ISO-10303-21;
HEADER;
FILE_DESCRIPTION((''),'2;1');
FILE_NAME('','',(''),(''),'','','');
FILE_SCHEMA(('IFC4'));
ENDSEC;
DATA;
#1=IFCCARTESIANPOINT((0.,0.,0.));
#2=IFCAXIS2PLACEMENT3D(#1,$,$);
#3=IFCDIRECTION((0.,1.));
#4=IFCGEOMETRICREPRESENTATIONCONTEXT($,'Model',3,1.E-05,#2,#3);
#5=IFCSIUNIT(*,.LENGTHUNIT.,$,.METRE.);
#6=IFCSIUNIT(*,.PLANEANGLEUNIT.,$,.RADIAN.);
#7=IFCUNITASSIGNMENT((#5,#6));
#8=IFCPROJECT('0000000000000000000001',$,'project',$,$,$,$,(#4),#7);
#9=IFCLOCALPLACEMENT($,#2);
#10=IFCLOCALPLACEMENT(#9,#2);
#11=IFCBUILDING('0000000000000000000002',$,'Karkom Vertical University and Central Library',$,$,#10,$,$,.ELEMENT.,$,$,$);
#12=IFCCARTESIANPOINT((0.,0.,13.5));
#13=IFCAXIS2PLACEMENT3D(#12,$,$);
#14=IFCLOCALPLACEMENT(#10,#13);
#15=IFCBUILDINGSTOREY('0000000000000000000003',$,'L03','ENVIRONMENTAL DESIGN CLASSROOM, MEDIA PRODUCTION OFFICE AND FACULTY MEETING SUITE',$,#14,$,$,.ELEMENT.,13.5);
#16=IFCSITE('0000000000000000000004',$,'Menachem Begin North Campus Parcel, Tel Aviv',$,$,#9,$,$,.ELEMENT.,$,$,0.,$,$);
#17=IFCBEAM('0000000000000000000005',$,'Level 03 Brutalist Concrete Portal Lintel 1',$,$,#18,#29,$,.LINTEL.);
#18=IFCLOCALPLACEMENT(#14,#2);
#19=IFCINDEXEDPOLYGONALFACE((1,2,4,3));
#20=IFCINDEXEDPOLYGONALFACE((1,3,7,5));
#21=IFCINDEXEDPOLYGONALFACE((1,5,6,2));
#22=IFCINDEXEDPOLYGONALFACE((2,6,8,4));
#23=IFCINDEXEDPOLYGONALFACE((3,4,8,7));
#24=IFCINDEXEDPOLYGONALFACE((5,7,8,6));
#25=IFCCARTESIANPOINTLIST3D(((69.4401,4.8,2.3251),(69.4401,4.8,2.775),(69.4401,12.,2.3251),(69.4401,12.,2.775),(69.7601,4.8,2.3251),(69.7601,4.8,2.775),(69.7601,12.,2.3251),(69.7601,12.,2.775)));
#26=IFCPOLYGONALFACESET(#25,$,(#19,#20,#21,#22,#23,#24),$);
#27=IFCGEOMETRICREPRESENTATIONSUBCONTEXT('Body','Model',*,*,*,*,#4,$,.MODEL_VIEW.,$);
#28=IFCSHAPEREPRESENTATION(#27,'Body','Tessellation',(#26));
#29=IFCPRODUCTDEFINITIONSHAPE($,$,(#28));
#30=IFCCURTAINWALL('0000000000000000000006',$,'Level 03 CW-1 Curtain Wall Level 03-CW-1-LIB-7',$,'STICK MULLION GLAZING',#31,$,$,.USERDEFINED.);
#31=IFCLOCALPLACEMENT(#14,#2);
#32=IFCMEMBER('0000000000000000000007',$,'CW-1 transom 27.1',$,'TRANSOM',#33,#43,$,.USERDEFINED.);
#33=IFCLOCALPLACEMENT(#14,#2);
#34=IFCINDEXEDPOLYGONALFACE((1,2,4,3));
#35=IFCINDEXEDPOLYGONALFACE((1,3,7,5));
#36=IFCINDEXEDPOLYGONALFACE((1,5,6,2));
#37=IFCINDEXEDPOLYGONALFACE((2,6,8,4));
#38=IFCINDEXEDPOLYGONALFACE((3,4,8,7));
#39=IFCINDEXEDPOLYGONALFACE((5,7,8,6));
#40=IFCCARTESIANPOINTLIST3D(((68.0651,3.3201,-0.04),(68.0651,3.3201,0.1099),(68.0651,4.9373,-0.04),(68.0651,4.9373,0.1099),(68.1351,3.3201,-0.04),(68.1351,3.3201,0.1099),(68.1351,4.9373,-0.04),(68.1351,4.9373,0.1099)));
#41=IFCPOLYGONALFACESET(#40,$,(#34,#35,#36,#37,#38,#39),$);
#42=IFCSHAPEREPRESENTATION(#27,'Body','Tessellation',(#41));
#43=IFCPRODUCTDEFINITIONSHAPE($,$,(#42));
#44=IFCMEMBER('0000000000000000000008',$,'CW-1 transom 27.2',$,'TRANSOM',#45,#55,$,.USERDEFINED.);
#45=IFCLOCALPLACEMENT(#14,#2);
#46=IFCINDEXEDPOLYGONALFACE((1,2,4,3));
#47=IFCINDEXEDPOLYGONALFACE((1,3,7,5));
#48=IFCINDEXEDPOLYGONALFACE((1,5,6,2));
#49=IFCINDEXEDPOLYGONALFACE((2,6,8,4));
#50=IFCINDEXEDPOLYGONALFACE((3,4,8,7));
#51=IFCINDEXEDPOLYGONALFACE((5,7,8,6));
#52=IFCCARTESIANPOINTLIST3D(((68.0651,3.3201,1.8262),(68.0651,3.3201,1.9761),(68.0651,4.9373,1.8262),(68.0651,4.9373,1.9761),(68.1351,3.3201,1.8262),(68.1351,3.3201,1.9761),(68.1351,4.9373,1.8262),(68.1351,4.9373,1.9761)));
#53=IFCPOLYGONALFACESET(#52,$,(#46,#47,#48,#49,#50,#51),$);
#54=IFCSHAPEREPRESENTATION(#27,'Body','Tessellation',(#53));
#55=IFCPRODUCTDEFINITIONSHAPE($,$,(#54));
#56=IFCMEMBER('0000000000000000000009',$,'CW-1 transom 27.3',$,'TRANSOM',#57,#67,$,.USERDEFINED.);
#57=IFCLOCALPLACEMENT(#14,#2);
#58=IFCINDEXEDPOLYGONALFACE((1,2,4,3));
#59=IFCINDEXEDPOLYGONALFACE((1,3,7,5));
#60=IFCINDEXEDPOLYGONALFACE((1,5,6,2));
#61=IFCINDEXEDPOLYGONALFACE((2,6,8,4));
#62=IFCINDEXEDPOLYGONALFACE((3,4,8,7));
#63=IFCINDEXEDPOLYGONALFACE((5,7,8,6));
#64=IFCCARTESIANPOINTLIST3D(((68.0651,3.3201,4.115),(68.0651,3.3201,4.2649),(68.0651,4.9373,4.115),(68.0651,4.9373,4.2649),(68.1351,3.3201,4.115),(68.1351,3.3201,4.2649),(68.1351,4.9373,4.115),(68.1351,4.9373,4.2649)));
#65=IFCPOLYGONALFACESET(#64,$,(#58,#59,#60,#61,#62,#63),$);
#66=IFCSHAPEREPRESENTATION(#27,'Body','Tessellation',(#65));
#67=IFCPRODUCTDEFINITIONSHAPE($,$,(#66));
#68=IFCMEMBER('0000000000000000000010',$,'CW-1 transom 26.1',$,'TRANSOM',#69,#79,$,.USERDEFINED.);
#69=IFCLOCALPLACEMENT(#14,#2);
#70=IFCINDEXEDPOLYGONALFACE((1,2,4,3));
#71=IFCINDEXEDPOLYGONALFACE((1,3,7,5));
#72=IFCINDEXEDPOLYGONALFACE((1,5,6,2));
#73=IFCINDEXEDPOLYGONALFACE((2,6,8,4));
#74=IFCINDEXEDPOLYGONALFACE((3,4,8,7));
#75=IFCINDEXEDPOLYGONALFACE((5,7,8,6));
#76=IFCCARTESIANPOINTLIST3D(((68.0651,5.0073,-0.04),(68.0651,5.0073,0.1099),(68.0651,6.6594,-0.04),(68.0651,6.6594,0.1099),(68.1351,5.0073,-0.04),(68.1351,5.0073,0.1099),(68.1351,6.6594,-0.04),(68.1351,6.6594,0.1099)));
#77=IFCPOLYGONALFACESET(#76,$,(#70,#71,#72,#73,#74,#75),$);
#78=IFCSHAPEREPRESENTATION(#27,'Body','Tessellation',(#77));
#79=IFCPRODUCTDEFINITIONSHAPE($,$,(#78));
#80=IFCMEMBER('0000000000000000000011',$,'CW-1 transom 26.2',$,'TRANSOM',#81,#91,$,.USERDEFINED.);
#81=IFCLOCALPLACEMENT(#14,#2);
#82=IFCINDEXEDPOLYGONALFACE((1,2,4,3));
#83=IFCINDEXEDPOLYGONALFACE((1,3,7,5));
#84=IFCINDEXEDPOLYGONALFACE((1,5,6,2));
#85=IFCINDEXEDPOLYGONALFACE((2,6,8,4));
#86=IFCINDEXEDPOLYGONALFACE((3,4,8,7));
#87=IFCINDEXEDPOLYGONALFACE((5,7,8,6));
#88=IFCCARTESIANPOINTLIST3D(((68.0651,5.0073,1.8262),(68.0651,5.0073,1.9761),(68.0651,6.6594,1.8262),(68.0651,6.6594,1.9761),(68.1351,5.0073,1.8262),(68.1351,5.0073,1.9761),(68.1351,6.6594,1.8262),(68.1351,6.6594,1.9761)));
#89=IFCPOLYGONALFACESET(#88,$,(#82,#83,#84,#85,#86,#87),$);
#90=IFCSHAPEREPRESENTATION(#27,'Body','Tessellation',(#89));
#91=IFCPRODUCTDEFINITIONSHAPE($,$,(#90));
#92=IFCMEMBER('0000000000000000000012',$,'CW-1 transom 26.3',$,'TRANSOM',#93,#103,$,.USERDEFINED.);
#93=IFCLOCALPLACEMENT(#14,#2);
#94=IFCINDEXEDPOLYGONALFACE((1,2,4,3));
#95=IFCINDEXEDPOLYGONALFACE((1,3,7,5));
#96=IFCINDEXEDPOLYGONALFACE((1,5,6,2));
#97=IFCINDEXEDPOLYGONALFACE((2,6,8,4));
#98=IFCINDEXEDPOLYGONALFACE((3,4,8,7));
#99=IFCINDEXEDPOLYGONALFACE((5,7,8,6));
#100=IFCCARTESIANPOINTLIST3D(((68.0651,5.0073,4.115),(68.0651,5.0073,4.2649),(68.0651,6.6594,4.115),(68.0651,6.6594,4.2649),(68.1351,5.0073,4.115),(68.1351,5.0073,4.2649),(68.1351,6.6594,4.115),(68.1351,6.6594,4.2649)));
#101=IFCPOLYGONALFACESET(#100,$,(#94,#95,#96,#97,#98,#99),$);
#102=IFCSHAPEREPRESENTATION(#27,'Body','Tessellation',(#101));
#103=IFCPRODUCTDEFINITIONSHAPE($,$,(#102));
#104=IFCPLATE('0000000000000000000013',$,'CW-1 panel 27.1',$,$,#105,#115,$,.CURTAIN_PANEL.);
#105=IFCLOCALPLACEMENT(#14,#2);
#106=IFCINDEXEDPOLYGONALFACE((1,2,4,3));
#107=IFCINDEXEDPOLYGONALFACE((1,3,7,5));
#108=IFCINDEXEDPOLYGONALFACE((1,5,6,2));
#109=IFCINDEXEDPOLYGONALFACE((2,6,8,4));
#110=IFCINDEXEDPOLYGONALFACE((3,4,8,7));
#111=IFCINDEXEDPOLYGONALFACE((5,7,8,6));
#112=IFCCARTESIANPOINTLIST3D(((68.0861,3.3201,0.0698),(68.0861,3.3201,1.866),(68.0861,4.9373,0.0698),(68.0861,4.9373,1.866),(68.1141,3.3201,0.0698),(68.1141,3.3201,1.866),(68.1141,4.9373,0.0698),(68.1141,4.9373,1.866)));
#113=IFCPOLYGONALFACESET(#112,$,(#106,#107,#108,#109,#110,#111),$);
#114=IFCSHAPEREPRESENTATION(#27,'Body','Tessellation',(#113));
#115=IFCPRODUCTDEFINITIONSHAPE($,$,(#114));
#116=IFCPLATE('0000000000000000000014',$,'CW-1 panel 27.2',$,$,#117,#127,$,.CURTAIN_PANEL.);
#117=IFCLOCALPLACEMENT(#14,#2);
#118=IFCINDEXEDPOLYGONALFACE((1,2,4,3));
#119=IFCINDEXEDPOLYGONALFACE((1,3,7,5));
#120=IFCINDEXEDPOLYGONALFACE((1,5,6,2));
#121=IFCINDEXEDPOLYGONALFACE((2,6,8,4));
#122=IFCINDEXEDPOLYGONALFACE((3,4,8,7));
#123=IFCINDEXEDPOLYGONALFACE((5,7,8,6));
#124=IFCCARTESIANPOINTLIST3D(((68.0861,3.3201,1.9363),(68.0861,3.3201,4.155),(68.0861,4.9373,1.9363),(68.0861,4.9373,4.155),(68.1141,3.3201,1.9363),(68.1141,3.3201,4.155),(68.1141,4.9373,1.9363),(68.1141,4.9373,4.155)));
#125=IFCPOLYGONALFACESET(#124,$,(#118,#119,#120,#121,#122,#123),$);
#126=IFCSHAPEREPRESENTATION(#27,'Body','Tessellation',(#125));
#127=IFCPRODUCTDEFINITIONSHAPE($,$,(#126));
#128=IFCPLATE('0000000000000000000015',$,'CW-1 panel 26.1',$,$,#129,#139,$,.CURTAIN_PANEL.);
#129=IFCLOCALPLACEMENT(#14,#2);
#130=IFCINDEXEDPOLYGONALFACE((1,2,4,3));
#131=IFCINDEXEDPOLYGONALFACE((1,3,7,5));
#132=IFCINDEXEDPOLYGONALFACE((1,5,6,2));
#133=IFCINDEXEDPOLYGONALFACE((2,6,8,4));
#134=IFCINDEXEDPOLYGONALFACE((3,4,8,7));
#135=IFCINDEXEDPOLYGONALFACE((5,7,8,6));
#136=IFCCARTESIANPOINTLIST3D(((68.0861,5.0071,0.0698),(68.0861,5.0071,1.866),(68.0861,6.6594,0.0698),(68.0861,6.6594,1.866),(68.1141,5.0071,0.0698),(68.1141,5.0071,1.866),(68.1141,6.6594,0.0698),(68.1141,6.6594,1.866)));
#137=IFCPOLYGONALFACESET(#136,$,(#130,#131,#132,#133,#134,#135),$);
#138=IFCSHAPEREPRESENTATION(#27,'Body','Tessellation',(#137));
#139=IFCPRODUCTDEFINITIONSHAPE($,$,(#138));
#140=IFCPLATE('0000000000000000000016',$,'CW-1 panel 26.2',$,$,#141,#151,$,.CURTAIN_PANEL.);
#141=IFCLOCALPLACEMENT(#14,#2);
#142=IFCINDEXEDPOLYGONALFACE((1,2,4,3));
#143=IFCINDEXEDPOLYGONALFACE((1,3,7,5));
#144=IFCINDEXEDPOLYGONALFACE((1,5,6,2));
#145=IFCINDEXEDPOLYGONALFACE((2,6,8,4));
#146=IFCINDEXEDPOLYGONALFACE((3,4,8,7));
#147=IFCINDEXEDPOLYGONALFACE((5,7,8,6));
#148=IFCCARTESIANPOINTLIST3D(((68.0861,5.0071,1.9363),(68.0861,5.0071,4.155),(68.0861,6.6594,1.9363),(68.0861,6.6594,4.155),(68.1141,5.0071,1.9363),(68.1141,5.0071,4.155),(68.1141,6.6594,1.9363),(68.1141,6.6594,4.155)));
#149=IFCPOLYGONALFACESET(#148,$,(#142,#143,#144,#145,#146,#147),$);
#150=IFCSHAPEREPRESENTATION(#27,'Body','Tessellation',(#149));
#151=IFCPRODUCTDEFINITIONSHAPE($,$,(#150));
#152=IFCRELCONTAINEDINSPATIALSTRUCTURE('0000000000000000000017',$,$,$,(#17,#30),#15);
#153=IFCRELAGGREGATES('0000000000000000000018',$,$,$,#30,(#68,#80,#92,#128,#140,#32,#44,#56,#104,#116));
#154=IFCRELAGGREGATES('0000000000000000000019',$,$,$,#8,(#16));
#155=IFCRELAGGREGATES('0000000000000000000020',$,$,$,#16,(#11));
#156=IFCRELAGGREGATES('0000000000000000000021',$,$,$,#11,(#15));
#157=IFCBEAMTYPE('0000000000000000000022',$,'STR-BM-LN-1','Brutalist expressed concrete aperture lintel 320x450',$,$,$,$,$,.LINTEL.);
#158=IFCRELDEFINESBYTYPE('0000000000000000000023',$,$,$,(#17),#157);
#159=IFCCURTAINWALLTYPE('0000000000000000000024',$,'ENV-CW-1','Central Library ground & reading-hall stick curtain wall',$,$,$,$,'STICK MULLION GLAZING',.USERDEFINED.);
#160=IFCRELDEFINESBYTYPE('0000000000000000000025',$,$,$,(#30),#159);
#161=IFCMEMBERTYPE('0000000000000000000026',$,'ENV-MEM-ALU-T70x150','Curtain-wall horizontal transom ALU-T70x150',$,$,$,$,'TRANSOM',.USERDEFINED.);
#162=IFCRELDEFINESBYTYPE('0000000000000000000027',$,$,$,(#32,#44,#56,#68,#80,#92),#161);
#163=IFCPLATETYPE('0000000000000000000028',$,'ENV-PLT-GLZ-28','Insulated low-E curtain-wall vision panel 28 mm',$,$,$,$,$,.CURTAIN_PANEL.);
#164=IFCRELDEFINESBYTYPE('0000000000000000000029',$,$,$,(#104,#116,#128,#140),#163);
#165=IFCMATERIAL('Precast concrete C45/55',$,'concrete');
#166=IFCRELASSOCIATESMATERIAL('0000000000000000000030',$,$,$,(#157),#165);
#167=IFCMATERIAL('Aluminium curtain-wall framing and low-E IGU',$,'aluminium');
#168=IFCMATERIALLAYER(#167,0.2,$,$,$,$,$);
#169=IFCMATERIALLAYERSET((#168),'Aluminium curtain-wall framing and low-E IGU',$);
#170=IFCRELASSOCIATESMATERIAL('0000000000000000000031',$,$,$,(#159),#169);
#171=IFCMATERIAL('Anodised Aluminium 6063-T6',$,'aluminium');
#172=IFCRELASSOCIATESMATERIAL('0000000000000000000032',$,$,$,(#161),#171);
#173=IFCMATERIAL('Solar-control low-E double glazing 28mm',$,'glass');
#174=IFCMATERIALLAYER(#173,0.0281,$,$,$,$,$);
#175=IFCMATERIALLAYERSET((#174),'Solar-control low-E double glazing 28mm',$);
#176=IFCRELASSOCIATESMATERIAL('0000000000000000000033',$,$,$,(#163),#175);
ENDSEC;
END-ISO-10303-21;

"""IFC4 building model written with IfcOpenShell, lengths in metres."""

from ifc_helpers import new_model, si_unit, direction, frame, origin, origin_with_axes, origin_2d, place, context, subcontext, project, spatial, rectangle, extrude, source, transform, mapped, material, layer, layer_set, material_profile, profile_set, type_object, element, aggregate, save


model = new_model("IFC4")

# Units and contexts
model_context = context("Model", 3, precision=1e-05, world=origin(), true_north=direction((0.0, 1.0)))
body_context = subcontext(model_context, "Body", "Model", "MODEL_VIEW")
ifc_project = project(units=[si_unit("LENGTHUNIT", "METRE"), si_unit("PLANEANGLEUNIT", "RADIAN")], contexts=[model_context])

# Site, building, storey
site_placement = place(None, origin())
site = spatial("IfcSite", under=ifc_project, at=site_placement, Name="Menachem Begin North Campus Parcel, Tel Aviv", CompositionType="ELEMENT", RefElevation=0.0)
building_placement = place(site_placement, origin())
building = spatial("IfcBuilding", under=site, at=building_placement, Name="Karkom Vertical University and Central Library", CompositionType="ELEMENT")
storey_placement = place(building_placement, frame((0.0, 0.0, 13.5)))
storey = spatial("IfcBuildingStorey", under=building, at=storey_placement, Name="L03", Description="ENVIRONMENTAL DESIGN CLASSROOM, MEDIA PRODUCTION OFFICE AND FACULTY MEETING SUITE", CompositionType="ELEMENT", Elevation=13.5)

# Beam
ifc_material_1 = material(Name="Precast concrete C45/55", Category="concrete")
ifc_material_profile_1 = material_profile(ifc_material_1, rectangle(XDim=0.3201, YDim=0.45, at=origin_2d()), Name="RCL-320x450")
ifc_profile_set_1 = profile_set([ifc_material_profile_1], Name="Precast concrete C45/55")
beam_type_1 = type_object("IfcBeamType", Name="STR-BM-LN-1", Description="Brutalist expressed concrete aperture lintel 320x450", PredefinedType="LINTEL", material=ifc_profile_set_1)
shared_shape_1 = source(origin_with_axes(), body_context, "Body", "SweptSolid", [
    extrude(rectangle(XDim=0.3201, YDim=0.45, at=origin_2d()), origin(), (0.0, 0.0, 1.0), 7.2),
])
beam_1_placement = place(storey_placement, frame((69.6001, 4.8, 2.55), z_axis=(0.0, 1.0, 0.0), x_axis=(-1.0, 0.0, 0.0)))
element("IfcBeam", 1, at=beam_1_placement, inside=storey, type_object=beam_type_1, Name="Level 03 Brutalist Concrete Portal Lintel 1", PredefinedType="LINTEL", context=body_context, shape_type="MappedRepresentation", body=[
    mapped(shared_shape_1, transform((0.0, 0.0, 0.0), scale=1.0)),
])

# Curtain wall, members, plates
ifc_material_2 = material(Name="Aluminium curtain-wall framing and low-E IGU", Category="aluminium")
ifc_layer_1 = layer(ifc_material_2, 0.2)
ifc_layer_set_1 = layer_set([ifc_layer_1], Name="Aluminium curtain-wall framing and low-E IGU")
curtain_wall_type = type_object("IfcCurtainWallType", Name="ENV-CW-1", Description="Central Library ground & reading-hall stick curtain wall", ElementType="STICK MULLION GLAZING", PredefinedType="USERDEFINED", material=ifc_layer_set_1)
curtain_wall_placement = place(storey_placement, origin())
curtain_wall = element("IfcCurtainWall", 2, at=curtain_wall_placement, inside=storey, type_object=curtain_wall_type, Name="Level 03 CW-1 Curtain Wall Level 03-CW-1-LIB-7", ObjectType="STICK MULLION GLAZING", PredefinedType="USERDEFINED")
ifc_material_3 = material(Name="Anodised Aluminium 6063-T6", Category="aluminium")
ifc_material_profile_2 = material_profile(ifc_material_3, rectangle(XDim=0.0701, YDim=0.1499, at=origin_2d()), Name="ALU-T70x150")
ifc_profile_set_2 = profile_set([ifc_material_profile_2], Name="Anodised Aluminium 6063-T6")
member_type = type_object("IfcMemberType", Name="ENV-MEM-ALU-T70x150", Description="Curtain-wall horizontal transom ALU-T70x150", ElementType="TRANSOM", PredefinedType="USERDEFINED", material=ifc_profile_set_2)
shared_shape_2 = source(origin_with_axes(), body_context, "Body", "SweptSolid", [
    extrude(rectangle(XDim=0.0701, YDim=0.1499, at=origin_2d()), origin(), (0.0, 0.0, 1.0), 1.6172),
])
member_1_placement = place(storey_placement, frame((68.1001, 4.9373, 0.0349), z_axis=(0.0, -1.0, 0.0), x_axis=(1.0, 0.0, 0.0)))
member_1 = element("IfcMember", 3, at=member_1_placement, type_object=member_type, Name="CW-1 transom 27.1", ObjectType="TRANSOM", PredefinedType="USERDEFINED", context=body_context, shape_type="MappedRepresentation", body=[
    mapped(shared_shape_2, transform((0.0, 0.0, 0.0), scale=1.0)),
])
member_2_placement = place(storey_placement, frame((68.1001, 4.9373, 1.9011), z_axis=(0.0, -1.0, 0.0), x_axis=(1.0, 0.0, 0.0)))
member_2 = element("IfcMember", 4, at=member_2_placement, type_object=member_type, Name="CW-1 transom 27.2", ObjectType="TRANSOM", PredefinedType="USERDEFINED", context=body_context, shape_type="MappedRepresentation", body=[
    mapped(shared_shape_2, transform((0.0, 0.0, 0.0), scale=1.0)),
])
member_3_placement = place(storey_placement, frame((68.1001, 4.9373, 4.1899), z_axis=(0.0, -1.0, 0.0), x_axis=(1.0, 0.0, 0.0)))
member_3 = element("IfcMember", 5, at=member_3_placement, type_object=member_type, Name="CW-1 transom 27.3", ObjectType="TRANSOM", PredefinedType="USERDEFINED", context=body_context, shape_type="MappedRepresentation", body=[
    mapped(shared_shape_2, transform((0.0, 0.0, 0.0), scale=1.0)),
])
shared_shape_3 = source(origin_with_axes(), body_context, "Body", "SweptSolid", [
    extrude(rectangle(XDim=0.0701, YDim=0.1499, at=origin_2d()), origin(), (0.0, 0.0, 1.0), 1.6521),
])
member_4_placement = place(storey_placement, frame((68.1001, 6.6594, 0.0349), z_axis=(0.0, -1.0, 0.0), x_axis=(1.0, 0.0, 0.0)))
member_4 = element("IfcMember", 6, at=member_4_placement, type_object=member_type, Name="CW-1 transom 26.1", ObjectType="TRANSOM", PredefinedType="USERDEFINED", context=body_context, shape_type="MappedRepresentation", body=[
    mapped(shared_shape_3, transform((0.0, 0.0, 0.0), scale=1.0)),
])
member_5_placement = place(storey_placement, frame((68.1001, 6.6594, 1.9011), z_axis=(0.0, -1.0, 0.0), x_axis=(1.0, 0.0, 0.0)))
member_5 = element("IfcMember", 7, at=member_5_placement, type_object=member_type, Name="CW-1 transom 26.2", ObjectType="TRANSOM", PredefinedType="USERDEFINED", context=body_context, shape_type="MappedRepresentation", body=[
    mapped(shared_shape_3, transform((0.0, 0.0, 0.0), scale=1.0)),
])
member_6_placement = place(storey_placement, frame((68.1001, 6.6594, 4.1899), z_axis=(0.0, -1.0, 0.0), x_axis=(1.0, 0.0, 0.0)))
member_6 = element("IfcMember", 8, at=member_6_placement, type_object=member_type, Name="CW-1 transom 26.3", ObjectType="TRANSOM", PredefinedType="USERDEFINED", context=body_context, shape_type="MappedRepresentation", body=[
    mapped(shared_shape_3, transform((0.0, 0.0, 0.0), scale=1.0)),
])
ifc_material_4 = material(Name="Solar-control low-E double glazing 28mm", Category="glass")
ifc_layer_2 = layer(ifc_material_4, 0.0281)
ifc_layer_set_2 = layer_set([ifc_layer_2], Name="Solar-control low-E double glazing 28mm")
plate_type = type_object("IfcPlateType", Name="ENV-PLT-GLZ-28", Description="Insulated low-E curtain-wall vision panel 28 mm", PredefinedType="CURTAIN_PANEL", material=ifc_layer_set_2)
shared_shape_4 = source(origin_with_axes(), body_context, "Body", "SweptSolid", [
    extrude(rectangle(XDim=1.6172, YDim=0.0281, at=origin_2d()), origin(), (0.0, 0.0, 1.0), 1.7961),
])
plate_1_placement = place(storey_placement, frame((68.1001, 4.1287, 0.0698), z_axis=(0.0, 0.0, 1.0), x_axis=(0.0, -1.0, 0.0)))
plate_1 = element("IfcPlate", 9, at=plate_1_placement, type_object=plate_type, Name="CW-1 panel 27.1", PredefinedType="CURTAIN_PANEL", context=body_context, shape_type="MappedRepresentation", body=[
    mapped(shared_shape_4, transform((0.0, 0.0, 0.0), scale=1.0)),
])
shared_shape_5 = source(origin_with_axes(), body_context, "Body", "SweptSolid", [
    extrude(rectangle(XDim=1.6172, YDim=0.0281, at=origin_2d()), origin(), (0.0, 0.0, 1.0), 2.2188),
])
plate_2_placement = place(storey_placement, frame((68.1001, 4.1287, 1.9363), z_axis=(0.0, 0.0, 1.0), x_axis=(0.0, -1.0, 0.0)))
plate_2 = element("IfcPlate", 10, at=plate_2_placement, type_object=plate_type, Name="CW-1 panel 27.2", PredefinedType="CURTAIN_PANEL", context=body_context, shape_type="MappedRepresentation", body=[
    mapped(shared_shape_5, transform((0.0, 0.0, 0.0), scale=1.0)),
])
shared_shape_6 = source(origin_with_axes(), body_context, "Body", "SweptSolid", [
    extrude(rectangle(XDim=1.6523, YDim=0.0281, at=origin_2d()), origin(), (0.0, 0.0, 1.0), 1.7961),
])
plate_3_placement = place(storey_placement, frame((68.1001, 5.8333, 0.0698), z_axis=(0.0, 0.0, 1.0), x_axis=(0.0, -1.0, 0.0)))
plate_3 = element("IfcPlate", 11, at=plate_3_placement, type_object=plate_type, Name="CW-1 panel 26.1", PredefinedType="CURTAIN_PANEL", context=body_context, shape_type="MappedRepresentation", body=[
    mapped(shared_shape_6, transform((0.0, 0.0, 0.0), scale=1.0)),
])
shared_shape_7 = source(origin_with_axes(), body_context, "Body", "SweptSolid", [
    extrude(rectangle(XDim=1.6523, YDim=0.0281, at=origin_2d()), origin(), (0.0, 0.0, 1.0), 2.2188),
])
plate_4_placement = place(storey_placement, frame((68.1001, 5.8333, 1.9363), z_axis=(0.0, 0.0, 1.0), x_axis=(0.0, -1.0, 0.0)))
plate_4 = element("IfcPlate", 12, at=plate_4_placement, type_object=plate_type, Name="CW-1 panel 26.2", PredefinedType="CURTAIN_PANEL", context=body_context, shape_type="MappedRepresentation", body=[
    mapped(shared_shape_7, transform((0.0, 0.0, 0.0), scale=1.0)),
])
aggregate(curtain_wall, [member_4, member_5, member_6, plate_3, plate_4, member_1, member_2, member_3, plate_1, plate_2])

save(model, "model.ifc")
